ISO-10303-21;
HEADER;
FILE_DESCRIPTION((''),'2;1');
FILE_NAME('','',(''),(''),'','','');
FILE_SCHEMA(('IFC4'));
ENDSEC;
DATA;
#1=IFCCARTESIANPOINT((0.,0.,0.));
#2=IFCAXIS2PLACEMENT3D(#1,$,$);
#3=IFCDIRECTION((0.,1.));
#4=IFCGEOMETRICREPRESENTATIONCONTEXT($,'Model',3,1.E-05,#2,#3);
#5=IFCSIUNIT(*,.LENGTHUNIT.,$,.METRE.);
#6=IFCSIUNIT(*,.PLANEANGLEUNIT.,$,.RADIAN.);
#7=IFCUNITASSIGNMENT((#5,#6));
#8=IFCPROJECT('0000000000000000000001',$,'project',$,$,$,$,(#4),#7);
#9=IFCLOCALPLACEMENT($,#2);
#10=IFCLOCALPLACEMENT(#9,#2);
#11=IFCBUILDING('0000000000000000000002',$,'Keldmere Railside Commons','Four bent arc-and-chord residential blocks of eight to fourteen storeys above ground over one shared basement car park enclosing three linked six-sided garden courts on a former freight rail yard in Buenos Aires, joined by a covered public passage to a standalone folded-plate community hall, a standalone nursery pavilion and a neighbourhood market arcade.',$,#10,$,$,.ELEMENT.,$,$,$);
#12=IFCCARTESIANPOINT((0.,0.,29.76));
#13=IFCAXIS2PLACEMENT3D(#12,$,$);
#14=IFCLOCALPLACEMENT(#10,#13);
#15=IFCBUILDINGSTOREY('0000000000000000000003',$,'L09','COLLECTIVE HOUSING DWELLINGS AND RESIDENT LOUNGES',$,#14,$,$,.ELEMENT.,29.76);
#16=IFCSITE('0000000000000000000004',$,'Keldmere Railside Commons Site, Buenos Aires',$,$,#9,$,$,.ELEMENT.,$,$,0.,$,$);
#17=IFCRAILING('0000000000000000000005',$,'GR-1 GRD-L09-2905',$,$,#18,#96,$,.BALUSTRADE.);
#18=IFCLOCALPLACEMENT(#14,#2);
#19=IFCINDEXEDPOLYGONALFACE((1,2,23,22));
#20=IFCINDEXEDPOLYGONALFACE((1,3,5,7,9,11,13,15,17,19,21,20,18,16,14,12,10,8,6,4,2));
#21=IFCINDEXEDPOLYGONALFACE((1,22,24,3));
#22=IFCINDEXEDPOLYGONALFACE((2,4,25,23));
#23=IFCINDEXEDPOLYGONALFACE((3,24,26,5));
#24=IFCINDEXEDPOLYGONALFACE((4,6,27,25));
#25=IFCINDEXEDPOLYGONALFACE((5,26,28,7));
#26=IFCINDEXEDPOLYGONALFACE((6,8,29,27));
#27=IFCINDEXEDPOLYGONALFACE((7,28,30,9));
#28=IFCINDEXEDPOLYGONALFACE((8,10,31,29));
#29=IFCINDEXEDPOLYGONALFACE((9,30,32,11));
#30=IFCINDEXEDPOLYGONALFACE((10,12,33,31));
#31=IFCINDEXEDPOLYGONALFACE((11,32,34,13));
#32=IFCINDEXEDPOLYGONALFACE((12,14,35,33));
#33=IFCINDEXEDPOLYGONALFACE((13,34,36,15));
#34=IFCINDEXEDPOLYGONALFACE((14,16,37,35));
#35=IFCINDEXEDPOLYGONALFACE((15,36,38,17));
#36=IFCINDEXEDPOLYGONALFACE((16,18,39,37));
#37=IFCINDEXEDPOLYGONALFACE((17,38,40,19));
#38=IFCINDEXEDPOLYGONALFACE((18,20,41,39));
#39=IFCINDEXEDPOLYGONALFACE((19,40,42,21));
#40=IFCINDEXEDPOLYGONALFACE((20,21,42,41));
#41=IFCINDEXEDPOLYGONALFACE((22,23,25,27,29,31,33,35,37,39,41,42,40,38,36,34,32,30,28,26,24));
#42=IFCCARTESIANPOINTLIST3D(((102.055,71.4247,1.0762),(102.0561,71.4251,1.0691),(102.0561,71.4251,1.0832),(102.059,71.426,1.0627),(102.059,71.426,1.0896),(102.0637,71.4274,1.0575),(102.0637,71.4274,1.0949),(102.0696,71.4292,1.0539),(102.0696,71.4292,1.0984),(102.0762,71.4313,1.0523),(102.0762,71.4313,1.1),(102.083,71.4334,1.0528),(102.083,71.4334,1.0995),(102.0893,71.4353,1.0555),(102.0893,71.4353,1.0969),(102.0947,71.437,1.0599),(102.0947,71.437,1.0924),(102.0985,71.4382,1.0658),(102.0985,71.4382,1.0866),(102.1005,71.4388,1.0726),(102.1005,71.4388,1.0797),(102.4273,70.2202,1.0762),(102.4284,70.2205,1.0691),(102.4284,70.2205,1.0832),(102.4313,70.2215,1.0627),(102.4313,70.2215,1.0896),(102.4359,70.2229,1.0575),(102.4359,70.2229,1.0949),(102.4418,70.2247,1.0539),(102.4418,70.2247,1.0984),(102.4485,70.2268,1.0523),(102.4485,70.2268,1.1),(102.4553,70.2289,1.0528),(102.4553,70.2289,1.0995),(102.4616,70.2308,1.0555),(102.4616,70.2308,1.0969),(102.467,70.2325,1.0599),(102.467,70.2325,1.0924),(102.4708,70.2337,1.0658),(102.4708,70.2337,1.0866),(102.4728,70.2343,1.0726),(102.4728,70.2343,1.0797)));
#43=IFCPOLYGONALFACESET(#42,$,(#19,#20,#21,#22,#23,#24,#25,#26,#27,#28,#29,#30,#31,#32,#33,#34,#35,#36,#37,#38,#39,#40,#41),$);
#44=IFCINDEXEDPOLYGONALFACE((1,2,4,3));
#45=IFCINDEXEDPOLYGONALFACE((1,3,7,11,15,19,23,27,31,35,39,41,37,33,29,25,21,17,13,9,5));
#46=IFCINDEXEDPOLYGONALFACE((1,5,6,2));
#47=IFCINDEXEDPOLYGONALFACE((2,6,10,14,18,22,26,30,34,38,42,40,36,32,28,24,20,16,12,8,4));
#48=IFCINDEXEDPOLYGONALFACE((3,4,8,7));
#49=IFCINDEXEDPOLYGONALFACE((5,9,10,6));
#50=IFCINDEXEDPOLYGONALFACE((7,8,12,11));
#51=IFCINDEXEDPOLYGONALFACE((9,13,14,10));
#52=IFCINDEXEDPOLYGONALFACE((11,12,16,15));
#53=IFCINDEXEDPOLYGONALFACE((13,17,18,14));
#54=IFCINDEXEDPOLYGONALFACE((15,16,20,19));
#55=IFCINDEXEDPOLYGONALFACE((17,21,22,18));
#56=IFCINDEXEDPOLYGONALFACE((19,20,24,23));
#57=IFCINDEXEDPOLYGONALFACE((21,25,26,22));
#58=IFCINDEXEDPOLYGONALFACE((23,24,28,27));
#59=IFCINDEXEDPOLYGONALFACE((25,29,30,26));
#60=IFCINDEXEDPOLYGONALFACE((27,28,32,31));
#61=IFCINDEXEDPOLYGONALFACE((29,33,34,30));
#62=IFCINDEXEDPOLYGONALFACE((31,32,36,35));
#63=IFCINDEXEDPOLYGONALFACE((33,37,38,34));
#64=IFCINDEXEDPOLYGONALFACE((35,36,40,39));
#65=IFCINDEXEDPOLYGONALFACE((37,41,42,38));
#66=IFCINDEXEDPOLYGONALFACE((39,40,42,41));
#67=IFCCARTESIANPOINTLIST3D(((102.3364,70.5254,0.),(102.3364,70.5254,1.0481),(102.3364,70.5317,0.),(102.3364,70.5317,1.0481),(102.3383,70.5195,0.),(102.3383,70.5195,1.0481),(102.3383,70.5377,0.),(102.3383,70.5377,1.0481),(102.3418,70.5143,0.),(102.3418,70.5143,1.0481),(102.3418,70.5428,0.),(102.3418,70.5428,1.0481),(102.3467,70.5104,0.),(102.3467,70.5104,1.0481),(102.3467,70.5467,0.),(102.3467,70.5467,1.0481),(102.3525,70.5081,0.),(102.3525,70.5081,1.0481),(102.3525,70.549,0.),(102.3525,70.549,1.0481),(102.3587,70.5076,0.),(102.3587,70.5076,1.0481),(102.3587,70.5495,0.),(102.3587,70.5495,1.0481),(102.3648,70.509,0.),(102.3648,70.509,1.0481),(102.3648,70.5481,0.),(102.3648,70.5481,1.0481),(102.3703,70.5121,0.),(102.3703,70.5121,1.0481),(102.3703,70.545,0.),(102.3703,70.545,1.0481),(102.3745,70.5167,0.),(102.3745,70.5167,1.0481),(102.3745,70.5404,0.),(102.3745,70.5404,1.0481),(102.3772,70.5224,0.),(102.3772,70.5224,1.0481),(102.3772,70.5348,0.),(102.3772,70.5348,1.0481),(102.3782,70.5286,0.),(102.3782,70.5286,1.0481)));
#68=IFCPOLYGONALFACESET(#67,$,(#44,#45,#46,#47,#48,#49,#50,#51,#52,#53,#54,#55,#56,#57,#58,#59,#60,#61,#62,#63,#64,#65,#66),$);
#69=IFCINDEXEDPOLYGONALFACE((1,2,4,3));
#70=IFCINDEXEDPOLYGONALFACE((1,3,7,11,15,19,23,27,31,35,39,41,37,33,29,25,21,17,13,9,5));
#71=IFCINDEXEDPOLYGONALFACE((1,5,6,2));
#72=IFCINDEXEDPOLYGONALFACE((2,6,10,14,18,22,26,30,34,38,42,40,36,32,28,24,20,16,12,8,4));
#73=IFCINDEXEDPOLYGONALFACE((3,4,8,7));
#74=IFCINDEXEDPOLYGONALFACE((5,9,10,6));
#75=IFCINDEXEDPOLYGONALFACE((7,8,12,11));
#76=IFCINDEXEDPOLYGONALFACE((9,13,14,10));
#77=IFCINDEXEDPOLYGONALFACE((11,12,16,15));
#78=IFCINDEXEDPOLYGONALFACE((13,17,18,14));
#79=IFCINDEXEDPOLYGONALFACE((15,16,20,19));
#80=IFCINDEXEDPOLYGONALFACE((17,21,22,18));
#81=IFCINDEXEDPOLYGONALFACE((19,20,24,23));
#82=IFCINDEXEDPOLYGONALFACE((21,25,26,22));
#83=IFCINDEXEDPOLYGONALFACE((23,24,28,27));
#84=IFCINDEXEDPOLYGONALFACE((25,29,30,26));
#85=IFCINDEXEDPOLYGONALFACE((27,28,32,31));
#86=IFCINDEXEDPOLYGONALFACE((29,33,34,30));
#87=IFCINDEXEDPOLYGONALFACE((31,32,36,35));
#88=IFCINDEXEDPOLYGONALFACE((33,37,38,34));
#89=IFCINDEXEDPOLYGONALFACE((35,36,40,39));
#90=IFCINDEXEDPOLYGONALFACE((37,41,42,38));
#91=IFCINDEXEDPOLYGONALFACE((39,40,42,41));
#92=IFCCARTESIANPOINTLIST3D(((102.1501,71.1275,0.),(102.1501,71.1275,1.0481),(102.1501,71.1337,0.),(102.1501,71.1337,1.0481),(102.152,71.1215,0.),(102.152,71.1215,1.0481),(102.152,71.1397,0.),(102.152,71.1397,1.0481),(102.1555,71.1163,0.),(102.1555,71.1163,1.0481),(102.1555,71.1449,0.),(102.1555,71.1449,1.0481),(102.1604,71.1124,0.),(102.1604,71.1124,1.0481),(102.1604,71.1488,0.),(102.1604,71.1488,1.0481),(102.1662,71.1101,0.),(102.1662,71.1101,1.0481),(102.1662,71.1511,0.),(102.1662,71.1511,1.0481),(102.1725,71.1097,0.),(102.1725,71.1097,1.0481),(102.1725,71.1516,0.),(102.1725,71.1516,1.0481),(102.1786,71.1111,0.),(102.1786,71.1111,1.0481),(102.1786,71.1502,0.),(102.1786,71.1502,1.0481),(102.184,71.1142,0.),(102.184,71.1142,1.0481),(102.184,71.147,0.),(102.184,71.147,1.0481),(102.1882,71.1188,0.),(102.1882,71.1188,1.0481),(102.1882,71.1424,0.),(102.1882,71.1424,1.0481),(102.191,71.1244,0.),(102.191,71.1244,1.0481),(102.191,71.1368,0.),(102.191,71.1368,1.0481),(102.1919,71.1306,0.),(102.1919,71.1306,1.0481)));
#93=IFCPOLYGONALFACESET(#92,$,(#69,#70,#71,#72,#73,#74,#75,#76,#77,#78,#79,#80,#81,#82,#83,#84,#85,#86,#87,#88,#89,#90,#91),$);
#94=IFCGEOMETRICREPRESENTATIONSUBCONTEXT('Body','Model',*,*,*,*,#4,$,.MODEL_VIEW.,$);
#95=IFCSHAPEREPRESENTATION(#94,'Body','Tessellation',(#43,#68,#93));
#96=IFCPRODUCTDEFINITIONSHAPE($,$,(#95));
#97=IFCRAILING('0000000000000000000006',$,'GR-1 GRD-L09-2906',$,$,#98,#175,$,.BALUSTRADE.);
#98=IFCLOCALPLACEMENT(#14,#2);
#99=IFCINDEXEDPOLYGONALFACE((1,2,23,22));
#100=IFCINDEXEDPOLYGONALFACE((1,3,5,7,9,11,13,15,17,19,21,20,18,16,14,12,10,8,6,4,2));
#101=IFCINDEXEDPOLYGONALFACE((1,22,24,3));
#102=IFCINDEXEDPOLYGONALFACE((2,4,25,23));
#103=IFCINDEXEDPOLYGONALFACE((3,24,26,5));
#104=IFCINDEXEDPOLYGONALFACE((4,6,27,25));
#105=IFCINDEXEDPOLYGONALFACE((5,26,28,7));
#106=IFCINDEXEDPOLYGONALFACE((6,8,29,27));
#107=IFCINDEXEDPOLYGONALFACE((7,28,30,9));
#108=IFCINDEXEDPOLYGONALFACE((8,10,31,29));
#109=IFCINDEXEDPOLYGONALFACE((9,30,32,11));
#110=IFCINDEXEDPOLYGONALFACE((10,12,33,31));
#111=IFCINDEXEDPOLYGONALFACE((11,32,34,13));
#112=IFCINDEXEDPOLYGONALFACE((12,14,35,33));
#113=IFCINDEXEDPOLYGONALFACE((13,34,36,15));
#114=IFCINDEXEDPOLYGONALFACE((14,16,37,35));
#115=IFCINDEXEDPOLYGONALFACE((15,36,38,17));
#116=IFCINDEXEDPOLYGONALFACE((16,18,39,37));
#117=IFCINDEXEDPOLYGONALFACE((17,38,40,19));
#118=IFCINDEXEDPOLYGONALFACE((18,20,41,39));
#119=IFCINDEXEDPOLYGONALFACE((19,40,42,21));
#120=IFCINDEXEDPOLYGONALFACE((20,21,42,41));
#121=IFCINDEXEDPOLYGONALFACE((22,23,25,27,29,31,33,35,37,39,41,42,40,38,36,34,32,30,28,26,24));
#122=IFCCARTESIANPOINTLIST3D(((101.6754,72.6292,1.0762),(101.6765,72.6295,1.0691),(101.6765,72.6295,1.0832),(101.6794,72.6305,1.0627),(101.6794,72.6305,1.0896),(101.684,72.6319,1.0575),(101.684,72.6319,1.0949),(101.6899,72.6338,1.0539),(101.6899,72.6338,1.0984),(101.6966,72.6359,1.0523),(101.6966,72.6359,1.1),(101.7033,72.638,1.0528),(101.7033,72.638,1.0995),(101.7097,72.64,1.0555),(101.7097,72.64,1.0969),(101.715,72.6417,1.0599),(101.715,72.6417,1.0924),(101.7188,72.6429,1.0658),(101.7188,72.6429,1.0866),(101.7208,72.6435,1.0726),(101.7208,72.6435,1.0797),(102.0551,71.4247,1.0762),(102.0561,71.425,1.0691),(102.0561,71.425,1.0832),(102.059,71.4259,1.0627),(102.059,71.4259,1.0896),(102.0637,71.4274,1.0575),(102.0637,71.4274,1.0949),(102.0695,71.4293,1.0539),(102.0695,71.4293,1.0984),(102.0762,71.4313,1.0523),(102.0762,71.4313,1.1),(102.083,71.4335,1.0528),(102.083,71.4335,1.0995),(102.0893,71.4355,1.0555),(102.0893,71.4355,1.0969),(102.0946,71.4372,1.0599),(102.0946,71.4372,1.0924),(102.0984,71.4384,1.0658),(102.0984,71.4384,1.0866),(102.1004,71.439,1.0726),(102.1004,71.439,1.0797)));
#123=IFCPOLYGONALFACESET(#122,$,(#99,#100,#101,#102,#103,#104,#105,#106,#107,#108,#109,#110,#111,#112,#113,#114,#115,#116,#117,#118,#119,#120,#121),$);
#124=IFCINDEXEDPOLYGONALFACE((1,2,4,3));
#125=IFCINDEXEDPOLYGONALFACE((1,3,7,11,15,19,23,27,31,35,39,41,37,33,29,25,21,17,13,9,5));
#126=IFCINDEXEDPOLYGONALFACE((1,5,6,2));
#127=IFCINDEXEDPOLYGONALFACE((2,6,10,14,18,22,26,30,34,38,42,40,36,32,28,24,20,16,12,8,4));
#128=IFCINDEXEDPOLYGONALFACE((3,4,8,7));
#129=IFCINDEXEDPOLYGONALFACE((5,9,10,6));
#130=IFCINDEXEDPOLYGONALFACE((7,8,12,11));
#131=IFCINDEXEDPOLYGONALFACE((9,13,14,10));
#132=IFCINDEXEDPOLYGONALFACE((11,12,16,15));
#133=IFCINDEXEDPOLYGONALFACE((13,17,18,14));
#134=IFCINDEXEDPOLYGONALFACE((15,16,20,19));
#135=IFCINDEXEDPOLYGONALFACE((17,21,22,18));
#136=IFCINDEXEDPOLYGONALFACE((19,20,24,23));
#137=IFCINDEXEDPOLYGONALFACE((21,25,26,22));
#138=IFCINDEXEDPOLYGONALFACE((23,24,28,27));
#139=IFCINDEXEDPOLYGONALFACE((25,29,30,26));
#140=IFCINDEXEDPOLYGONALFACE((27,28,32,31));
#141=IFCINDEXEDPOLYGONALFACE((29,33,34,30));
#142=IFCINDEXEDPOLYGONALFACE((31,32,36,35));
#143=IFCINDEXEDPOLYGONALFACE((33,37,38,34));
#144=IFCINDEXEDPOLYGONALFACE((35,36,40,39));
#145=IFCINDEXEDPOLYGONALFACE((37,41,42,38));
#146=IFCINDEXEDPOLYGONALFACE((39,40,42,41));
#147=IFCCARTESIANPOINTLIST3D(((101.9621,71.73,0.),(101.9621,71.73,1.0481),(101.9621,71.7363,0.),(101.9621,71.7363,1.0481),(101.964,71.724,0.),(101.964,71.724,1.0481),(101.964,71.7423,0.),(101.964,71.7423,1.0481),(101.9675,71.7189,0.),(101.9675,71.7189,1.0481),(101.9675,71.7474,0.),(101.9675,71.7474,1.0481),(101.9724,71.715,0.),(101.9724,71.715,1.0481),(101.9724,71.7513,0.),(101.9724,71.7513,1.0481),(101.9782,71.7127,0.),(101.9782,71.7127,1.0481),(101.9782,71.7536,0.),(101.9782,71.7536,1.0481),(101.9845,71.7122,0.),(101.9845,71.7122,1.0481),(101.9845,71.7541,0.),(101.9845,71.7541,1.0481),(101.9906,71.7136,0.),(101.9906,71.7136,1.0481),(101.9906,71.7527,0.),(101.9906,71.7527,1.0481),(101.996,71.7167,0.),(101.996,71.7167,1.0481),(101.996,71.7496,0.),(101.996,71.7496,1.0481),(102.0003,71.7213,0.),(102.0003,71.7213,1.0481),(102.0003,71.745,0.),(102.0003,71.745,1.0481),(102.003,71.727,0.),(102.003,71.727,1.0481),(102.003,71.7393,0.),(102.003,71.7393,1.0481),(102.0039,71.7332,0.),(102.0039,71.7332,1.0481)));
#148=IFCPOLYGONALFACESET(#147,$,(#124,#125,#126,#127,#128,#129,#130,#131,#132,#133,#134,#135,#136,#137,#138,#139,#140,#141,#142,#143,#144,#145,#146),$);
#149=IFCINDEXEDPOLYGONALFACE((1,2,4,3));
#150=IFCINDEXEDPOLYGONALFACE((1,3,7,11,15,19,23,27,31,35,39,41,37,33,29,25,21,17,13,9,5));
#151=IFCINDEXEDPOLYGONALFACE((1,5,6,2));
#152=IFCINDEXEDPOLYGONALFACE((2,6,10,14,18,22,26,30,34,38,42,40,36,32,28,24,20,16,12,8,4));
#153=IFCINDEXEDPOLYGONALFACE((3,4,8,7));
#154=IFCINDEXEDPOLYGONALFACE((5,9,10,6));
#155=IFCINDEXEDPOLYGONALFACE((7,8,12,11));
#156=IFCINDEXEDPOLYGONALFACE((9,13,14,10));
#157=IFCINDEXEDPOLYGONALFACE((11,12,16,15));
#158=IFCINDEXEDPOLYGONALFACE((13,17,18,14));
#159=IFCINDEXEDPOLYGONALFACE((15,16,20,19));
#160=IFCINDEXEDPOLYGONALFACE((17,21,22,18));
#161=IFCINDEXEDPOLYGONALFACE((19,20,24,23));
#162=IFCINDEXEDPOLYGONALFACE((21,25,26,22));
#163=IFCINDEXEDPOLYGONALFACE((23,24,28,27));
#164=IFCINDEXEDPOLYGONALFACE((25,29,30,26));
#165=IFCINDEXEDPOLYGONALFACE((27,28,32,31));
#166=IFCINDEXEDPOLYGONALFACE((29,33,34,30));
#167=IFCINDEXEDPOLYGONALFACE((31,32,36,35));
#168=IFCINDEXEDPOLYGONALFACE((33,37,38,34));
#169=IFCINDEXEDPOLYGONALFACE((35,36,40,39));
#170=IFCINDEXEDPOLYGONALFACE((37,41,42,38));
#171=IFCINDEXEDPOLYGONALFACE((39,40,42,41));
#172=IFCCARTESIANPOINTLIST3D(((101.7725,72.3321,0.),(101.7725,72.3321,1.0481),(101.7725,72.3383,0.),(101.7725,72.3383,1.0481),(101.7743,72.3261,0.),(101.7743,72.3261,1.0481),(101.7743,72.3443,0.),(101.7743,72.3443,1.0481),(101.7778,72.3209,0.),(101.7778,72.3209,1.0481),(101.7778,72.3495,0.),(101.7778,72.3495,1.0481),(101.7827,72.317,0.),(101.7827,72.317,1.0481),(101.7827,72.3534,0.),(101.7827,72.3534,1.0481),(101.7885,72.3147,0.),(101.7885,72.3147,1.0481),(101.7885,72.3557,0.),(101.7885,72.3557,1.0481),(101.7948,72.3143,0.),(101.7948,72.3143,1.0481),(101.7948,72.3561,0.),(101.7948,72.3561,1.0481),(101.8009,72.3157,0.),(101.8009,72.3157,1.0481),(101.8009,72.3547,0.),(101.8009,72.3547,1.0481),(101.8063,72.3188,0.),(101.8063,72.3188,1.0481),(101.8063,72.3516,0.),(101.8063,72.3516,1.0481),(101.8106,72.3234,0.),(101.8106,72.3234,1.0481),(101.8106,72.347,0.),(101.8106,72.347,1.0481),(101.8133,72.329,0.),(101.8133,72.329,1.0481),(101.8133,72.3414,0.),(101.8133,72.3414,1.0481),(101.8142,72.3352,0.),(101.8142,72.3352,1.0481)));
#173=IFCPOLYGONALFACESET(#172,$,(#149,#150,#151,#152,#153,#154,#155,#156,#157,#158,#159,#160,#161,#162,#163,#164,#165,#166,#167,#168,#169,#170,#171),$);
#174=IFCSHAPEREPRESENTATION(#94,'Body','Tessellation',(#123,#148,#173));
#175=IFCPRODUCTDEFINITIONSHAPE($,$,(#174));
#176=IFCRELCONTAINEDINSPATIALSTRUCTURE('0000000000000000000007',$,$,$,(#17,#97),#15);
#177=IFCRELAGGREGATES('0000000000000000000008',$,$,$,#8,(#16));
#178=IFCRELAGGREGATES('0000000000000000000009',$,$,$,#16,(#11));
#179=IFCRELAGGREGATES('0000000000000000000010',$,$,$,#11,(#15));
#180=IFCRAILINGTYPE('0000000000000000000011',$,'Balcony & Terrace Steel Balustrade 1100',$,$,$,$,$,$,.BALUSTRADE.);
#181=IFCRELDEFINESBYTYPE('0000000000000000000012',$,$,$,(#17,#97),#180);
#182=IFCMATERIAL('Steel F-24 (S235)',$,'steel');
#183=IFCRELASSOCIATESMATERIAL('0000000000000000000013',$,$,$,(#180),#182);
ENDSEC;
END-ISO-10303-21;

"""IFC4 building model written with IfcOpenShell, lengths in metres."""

from ifc_helpers import new_model, si_unit, direction, frame, origin, origin_2d, place, context, subcontext, project, spatial, circle, extrude, material, type_object, element, save


model = new_model("IFC4")

# Units and contexts
model_context = context("Model", 3, precision=1e-05, world=origin(), true_north=direction((0.0, 1.0)))
body_context = subcontext(model_context, "Body", "Model", "MODEL_VIEW")
ifc_project = project(units=[si_unit("LENGTHUNIT", "METRE"), si_unit("PLANEANGLEUNIT", "RADIAN")], contexts=[model_context])

# Site, building, storey
site_placement = place(None, origin())
site = spatial("IfcSite", under=ifc_project, at=site_placement, Name="Keldmere Railside Commons Site, Buenos Aires", CompositionType="ELEMENT", RefElevation=0.0)
building_placement = place(site_placement, origin())
building = spatial("IfcBuilding", under=site, at=building_placement, Name="Keldmere Railside Commons", Description="Four bent arc-and-chord residential blocks of eight to fourteen storeys above ground over one shared basement car park enclosing three linked six-sided garden courts on a former freight rail yard in Buenos Aires, joined by a covered public passage to a standalone folded-plate community hall, a standalone nursery pavilion and a neighbourhood market arcade.", CompositionType="ELEMENT")
storey_placement = place(building_placement, frame((0.0, 0.0, 29.76)))
storey = spatial("IfcBuildingStorey", under=building, at=storey_placement, Name="L09", Description="COLLECTIVE HOUSING DWELLINGS AND RESIDENT LOUNGES", CompositionType="ELEMENT", Elevation=29.76)

# Shared definitions
ifc_material_1 = material(Name="Steel F-24 (S235)", Category="steel")

# Railings
railing_type_1 = type_object("IfcRailingType", Name="Balcony & Terrace Steel Balustrade 1100", PredefinedType="BALUSTRADE", material=ifc_material_1)
railing_1_placement = place(storey_placement, frame((102.4502, 70.2273, 0.0)))
element("IfcRailing", 1, at=railing_1_placement, inside=storey, type_object=railing_type_1, Name="GR-1 GRD-L09-2905", PredefinedType="BALUSTRADE", context=body_context, shape_type="SweptSolid", body=[
    extrude(circle(Radius=0.0239, at=origin_2d()), frame((0.0, 0.0, 1.0762), z_axis=(-0.295297, 0.955406, 0.0), x_axis=(-0.955406, -0.295297, 0.0)), (0.0, 0.0, 1.0), 1.2607),
    extrude(circle(Radius=0.021, at=origin_2d()), frame((-0.093, 0.3013, 0.0)), (0.0, 0.0, 1.0), 1.0481),
    extrude(circle(Radius=0.021, at=origin_2d()), frame((-0.2793, 0.9033, 0.0)), (0.0, 0.0, 1.0), 1.0481),
])
railing_2_placement = place(storey_placement, frame((102.0779, 71.4319, 0.0)))
element("IfcRailing", 2, at=railing_2_placement, inside=storey, type_object=railing_type_1, Name="GR-1 GRD-L09-2906", PredefinedType="BALUSTRADE", context=body_context, shape_type="SweptSolid", body=[
    extrude(circle(Radius=0.0239, at=origin_2d()), frame((0.0, 0.0, 1.0762), z_axis=(-0.300585, 0.953755, 0.0), x_axis=(-0.953755, -0.300585, 0.0)), (0.0, 0.0, 1.0), 1.2629),
    extrude(circle(Radius=0.021, at=origin_2d()), frame((-0.095, 0.3013, 0.0)), (0.0, 0.0, 1.0), 1.0481),
    extrude(circle(Radius=0.021, at=origin_2d()), frame((-0.2847, 0.9033, 0.0)), (0.0, 0.0, 1.0), 1.0481),
])

save(model, "model.ifc")
